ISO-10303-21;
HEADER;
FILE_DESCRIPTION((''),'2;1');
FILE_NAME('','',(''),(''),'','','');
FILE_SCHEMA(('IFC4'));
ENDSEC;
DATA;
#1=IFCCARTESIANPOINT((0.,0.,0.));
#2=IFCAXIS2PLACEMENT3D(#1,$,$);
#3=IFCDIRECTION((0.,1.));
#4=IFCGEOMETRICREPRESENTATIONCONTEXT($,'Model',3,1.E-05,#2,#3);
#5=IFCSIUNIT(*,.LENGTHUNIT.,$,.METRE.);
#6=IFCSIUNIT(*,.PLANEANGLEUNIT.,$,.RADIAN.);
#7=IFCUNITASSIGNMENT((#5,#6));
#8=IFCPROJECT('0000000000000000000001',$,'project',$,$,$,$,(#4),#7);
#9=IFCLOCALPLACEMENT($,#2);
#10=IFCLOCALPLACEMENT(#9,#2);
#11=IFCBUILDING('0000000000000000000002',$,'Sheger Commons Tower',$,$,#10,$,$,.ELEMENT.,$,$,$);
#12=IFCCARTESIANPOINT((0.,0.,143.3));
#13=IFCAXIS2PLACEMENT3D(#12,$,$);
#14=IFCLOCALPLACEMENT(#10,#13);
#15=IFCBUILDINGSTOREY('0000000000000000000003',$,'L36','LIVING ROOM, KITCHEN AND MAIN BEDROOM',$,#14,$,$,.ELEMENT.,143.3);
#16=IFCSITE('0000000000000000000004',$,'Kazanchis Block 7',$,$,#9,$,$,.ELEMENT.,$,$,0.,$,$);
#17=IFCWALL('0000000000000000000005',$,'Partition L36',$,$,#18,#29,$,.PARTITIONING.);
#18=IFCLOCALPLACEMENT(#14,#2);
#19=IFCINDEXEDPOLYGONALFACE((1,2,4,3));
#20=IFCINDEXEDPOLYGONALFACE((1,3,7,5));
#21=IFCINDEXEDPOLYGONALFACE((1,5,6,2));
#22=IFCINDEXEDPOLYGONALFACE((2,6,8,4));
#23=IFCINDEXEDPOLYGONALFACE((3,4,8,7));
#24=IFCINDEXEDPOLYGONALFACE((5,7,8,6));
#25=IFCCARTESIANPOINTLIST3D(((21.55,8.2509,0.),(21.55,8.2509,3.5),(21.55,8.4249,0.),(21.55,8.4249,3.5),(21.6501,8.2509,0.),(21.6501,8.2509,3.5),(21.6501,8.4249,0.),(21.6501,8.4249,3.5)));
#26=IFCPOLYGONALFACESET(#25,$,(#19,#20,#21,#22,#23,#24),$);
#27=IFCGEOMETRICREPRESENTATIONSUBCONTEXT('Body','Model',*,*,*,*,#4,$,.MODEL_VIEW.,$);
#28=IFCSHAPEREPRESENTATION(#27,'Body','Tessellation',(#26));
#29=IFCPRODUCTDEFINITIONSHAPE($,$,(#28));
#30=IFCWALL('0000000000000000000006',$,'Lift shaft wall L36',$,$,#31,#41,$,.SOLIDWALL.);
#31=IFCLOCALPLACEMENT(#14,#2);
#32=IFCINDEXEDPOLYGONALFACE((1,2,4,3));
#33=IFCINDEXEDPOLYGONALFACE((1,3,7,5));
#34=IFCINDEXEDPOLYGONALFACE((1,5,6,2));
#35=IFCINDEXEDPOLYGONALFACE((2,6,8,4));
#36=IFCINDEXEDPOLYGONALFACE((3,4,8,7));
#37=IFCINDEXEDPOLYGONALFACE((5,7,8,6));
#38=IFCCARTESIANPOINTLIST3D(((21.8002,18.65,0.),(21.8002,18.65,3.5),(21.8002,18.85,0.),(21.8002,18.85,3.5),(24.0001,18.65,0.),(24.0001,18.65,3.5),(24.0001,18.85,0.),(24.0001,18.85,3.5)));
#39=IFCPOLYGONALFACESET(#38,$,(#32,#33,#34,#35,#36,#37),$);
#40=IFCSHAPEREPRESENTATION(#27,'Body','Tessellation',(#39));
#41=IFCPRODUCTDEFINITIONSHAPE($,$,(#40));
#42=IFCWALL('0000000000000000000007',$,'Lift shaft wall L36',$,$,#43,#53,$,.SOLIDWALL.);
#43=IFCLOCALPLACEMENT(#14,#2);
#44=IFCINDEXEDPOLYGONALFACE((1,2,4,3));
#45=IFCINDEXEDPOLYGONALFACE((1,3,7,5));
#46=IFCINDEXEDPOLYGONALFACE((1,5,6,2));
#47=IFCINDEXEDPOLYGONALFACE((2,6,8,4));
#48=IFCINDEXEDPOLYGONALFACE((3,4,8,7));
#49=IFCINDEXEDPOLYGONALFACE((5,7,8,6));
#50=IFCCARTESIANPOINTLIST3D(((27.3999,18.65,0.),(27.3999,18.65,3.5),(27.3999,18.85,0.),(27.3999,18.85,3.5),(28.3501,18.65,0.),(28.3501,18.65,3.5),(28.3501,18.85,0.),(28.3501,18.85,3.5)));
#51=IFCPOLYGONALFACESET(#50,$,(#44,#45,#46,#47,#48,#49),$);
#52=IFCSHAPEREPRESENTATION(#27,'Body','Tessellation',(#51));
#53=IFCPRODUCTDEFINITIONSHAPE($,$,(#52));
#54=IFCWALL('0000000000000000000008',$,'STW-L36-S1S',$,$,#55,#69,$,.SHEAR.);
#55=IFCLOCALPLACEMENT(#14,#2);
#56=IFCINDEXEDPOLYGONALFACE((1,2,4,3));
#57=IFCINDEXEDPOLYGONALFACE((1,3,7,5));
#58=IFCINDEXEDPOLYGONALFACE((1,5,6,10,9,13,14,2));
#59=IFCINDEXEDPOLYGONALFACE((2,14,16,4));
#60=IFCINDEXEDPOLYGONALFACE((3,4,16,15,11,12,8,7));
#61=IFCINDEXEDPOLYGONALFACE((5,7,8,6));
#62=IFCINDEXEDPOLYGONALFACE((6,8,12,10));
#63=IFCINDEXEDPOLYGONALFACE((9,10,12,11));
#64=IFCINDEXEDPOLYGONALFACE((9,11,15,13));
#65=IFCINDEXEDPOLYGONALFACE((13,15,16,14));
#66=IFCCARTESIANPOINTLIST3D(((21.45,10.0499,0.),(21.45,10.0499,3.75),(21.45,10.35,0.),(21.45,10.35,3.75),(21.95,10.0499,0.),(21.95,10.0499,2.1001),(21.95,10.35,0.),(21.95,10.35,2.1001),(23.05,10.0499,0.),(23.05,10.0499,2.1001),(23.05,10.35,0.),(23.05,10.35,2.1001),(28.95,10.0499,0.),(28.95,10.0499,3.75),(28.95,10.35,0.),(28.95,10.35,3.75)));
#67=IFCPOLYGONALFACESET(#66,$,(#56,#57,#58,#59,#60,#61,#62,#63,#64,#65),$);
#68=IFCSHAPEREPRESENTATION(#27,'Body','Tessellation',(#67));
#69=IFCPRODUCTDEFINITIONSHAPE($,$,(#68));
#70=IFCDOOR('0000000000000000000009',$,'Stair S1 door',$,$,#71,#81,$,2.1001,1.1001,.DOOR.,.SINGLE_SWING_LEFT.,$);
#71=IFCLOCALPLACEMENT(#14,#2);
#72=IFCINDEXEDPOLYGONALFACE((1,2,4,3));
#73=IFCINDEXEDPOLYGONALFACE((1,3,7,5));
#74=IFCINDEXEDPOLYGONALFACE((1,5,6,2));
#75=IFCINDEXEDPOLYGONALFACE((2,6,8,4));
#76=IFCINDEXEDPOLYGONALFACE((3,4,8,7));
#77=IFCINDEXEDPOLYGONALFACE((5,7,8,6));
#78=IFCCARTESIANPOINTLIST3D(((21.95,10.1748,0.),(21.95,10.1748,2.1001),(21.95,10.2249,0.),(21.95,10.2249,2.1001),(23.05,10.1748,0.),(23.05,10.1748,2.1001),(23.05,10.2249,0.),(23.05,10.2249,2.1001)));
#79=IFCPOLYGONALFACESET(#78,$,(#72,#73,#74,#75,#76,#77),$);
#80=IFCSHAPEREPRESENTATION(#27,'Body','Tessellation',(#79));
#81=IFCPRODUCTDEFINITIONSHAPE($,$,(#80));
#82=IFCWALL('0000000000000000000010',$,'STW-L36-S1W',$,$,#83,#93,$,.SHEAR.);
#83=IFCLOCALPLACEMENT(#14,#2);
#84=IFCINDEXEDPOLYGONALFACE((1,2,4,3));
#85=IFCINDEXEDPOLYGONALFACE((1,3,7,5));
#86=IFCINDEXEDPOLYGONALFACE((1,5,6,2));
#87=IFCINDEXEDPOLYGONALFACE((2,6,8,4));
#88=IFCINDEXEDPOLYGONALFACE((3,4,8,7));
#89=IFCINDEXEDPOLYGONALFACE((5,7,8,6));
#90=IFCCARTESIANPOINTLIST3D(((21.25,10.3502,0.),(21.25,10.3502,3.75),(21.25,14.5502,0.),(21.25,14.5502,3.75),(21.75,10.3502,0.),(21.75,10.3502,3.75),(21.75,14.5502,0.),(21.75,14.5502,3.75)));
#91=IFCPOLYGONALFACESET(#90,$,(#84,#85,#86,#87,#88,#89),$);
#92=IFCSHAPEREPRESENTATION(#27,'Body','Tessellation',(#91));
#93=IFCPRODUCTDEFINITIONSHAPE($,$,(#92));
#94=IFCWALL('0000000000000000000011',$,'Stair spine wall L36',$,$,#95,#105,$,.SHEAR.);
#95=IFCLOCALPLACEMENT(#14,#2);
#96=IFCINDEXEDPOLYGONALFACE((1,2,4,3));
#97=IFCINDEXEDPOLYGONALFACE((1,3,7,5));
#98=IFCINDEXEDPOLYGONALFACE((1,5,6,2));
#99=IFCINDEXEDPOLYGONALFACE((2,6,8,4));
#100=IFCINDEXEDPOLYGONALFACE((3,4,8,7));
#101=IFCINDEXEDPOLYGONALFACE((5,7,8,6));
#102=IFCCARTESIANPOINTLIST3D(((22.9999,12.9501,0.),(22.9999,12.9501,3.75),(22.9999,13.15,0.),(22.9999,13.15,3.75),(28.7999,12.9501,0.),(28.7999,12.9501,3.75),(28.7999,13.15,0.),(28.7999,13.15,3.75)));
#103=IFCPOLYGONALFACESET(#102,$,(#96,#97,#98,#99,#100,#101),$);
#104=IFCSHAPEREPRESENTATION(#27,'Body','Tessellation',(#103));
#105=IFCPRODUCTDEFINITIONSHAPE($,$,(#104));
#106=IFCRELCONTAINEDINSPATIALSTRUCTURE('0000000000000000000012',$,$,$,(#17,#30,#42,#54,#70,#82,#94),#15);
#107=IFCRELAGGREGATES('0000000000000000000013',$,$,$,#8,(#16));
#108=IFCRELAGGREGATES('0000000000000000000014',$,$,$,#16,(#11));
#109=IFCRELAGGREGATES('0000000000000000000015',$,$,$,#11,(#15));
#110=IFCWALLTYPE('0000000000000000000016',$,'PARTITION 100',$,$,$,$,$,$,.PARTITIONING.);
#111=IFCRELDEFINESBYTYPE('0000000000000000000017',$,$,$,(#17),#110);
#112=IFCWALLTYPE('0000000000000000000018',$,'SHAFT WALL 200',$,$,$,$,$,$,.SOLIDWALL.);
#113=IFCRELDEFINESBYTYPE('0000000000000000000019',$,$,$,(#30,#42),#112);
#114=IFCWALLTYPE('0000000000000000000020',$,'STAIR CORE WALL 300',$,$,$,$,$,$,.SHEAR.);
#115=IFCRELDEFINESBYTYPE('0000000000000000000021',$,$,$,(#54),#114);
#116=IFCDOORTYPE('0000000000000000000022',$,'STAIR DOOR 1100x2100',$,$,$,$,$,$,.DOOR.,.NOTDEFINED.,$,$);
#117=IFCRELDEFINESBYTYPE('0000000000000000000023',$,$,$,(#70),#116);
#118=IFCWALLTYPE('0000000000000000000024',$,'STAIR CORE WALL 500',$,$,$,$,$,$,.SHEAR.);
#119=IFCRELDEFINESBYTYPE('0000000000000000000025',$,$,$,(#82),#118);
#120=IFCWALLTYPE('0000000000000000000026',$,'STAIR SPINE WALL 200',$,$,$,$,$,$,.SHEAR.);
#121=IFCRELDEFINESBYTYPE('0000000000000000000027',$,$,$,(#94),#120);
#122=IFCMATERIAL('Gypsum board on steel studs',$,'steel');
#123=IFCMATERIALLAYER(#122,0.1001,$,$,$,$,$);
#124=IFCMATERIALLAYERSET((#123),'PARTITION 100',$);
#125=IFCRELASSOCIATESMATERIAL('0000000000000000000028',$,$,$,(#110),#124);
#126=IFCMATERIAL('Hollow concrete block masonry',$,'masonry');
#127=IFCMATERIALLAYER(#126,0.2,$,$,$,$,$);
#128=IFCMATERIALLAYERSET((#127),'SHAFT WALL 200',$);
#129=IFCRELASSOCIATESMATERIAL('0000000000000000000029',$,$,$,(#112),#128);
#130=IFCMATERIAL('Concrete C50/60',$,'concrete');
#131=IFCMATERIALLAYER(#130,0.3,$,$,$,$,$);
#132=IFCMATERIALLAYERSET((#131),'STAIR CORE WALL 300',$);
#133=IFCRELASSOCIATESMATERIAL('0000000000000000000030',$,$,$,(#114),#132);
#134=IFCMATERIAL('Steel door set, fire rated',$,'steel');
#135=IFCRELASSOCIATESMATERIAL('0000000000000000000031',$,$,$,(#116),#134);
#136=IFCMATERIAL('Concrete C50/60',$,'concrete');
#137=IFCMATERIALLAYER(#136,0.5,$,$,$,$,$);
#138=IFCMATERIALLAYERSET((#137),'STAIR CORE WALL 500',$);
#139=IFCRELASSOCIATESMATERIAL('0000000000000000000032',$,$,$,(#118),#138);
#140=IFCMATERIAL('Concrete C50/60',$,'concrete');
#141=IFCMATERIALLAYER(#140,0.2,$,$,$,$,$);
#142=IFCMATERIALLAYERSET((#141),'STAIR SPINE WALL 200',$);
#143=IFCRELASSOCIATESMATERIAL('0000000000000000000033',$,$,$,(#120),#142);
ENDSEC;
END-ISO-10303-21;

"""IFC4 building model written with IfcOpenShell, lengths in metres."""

from ifc_helpers import new_model, si_unit, direction, frame, frame_2d, origin, place, context, subcontext, project, spatial, rectangle, extrude, material, layer, layer_set, type_object, element, fill, save


model = new_model("IFC4")

# Units and contexts
model_context = context("Model", 3, precision=1e-05, world=origin(), true_north=direction((0.0, 1.0)))
body_context = subcontext(model_context, "Body", "Model", "MODEL_VIEW")
ifc_project = project(units=[si_unit("LENGTHUNIT", "METRE"), si_unit("PLANEANGLEUNIT", "RADIAN")], contexts=[model_context])

# Site, building, storey
site_placement = place(None, origin())
site = spatial("IfcSite", under=ifc_project, at=site_placement, Name="Kazanchis Block 7", CompositionType="ELEMENT", RefElevation=0.0)
building_placement = place(site_placement, origin())
building = spatial("IfcBuilding", under=site, at=building_placement, Name="Sheger Commons Tower", CompositionType="ELEMENT")
storey_placement = place(building_placement, frame((0.0, 0.0, 143.3)))
storey = spatial("IfcBuildingStorey", under=building, at=storey_placement, Name="L36", Description="LIVING ROOM, KITCHEN AND MAIN BEDROOM", CompositionType="ELEMENT", Elevation=143.3)

# Walls
ifc_material_1 = material(Name="Gypsum board on steel studs", Category="steel")
ifc_layer_1 = layer(ifc_material_1, 0.1001)
ifc_layer_set_1 = layer_set([ifc_layer_1], Name="PARTITION 100")
wall_type_1 = type_object("IfcWallType", Name="PARTITION 100", PredefinedType="PARTITIONING", material=ifc_layer_set_1)
wall_1_placement = place(storey_placement, frame((21.6001, 8.251, 0.0), z_axis=(0.0, 0.0, 1.0), x_axis=(0.0, 1.0, 0.0)))
element("IfcWall", 1, at=wall_1_placement, inside=storey, type_object=wall_type_1, Name="Partition L36", PredefinedType="PARTITIONING", context=body_context, shape_type="SweptSolid", body=[
    extrude(rectangle(XDim=0.1741, YDim=0.1001, at=frame_2d((0.0869, 0.0))), origin(), (0.0, 0.0, 1.0), 3.5),
])
ifc_material_2 = material(Name="Hollow concrete block masonry", Category="masonry")
ifc_layer_2 = layer(ifc_material_2, 0.2)
ifc_layer_set_2 = layer_set([ifc_layer_2], Name="SHAFT WALL 200")
wall_type_2 = type_object("IfcWallType", Name="SHAFT WALL 200", PredefinedType="SOLIDWALL", material=ifc_layer_set_2)
wall_2_placement = place(storey_placement, frame((21.8, 18.75, 0.0), z_axis=(0.0, 0.0, 1.0), x_axis=(1.0, 0.0, 0.0)))
element("IfcWall", 2, at=wall_2_placement, inside=storey, type_object=wall_type_2, Name="Lift shaft wall L36", PredefinedType="SOLIDWALL", context=body_context, shape_type="SweptSolid", body=[
    extrude(rectangle(XDim=2.2, YDim=0.2, at=frame_2d((1.1001, 0.0))), origin(), (0.0, 0.0, 1.0), 3.5),
])
wall_3_placement = place(storey_placement, frame((27.3999, 18.75, 0.0), z_axis=(0.0, 0.0, 1.0), x_axis=(1.0, 0.0, 0.0)))
element("IfcWall", 3, at=wall_3_placement, inside=storey, type_object=wall_type_2, Name="Lift shaft wall L36", PredefinedType="SOLIDWALL", context=body_context, shape_type="SweptSolid", body=[
    extrude(rectangle(XDim=0.9502, YDim=0.2, at=frame_2d((0.4751, 0.0))), origin(), (0.0, 0.0, 1.0), 3.5),
])

# Wall, opening, door
ifc_material_3 = material(Name="Concrete C50/60", Category="concrete")
ifc_layer_3 = layer(ifc_material_3, 0.3)
ifc_layer_set_3 = layer_set([ifc_layer_3], Name="STAIR CORE WALL 300")
wall_type_3 = type_object("IfcWallType", Name="STAIR CORE WALL 300", PredefinedType="SHEAR", material=ifc_layer_set_3)
wall_4_placement = place(storey_placement, frame((21.45, 10.2, 0.0), z_axis=(0.0, 0.0, 1.0), x_axis=(1.0, 0.0, 0.0)))
wall_4 = element("IfcWall", 4, at=wall_4_placement, inside=storey, type_object=wall_type_3, Name="STW-L36-S1S", PredefinedType="SHEAR", context=body_context, shape_type="SweptSolid", body=[
    extrude(rectangle(XDim=7.5, YDim=0.3, at=frame_2d((3.75, 0.0))), origin(), (0.0, 0.0, 1.0), 3.75),
])
opening_1_placement = place(wall_4_placement, frame((0.5, 0.0, 0.0)))
opening_1 = element("IfcOpeningElement", 5, at=opening_1_placement, cuts=wall_4, PredefinedType="OPENING", context=body_context, shape_type="SweptSolid", body=[
    extrude(rectangle(XDim=1.1001, YDim=2.1001, at=frame_2d((0.55, 1.05))), frame((0.0, 0.1599, 0.0), z_axis=(0.0, -1.0, 0.0), x_axis=(1.0, 0.0, 0.0)), (0.0, 0.0, 1.0), 0.3201),
])
ifc_material_4 = material(Name="Steel door set, fire rated", Category="steel")
door_type_1 = type_object("IfcDoorType", Name="STAIR DOOR 1100x2100", OperationType="NOTDEFINED", PredefinedType="DOOR", material=ifc_material_4)
door_1_placement = place(opening_1_placement, origin())
door_1 = element("IfcDoor", 6, at=door_1_placement, inside=storey, type_object=door_type_1, Name="Stair S1 door", OperationType="SINGLE_SWING_LEFT", OverallHeight=2.1001, OverallWidth=1.1001, PredefinedType="DOOR", context=body_context, shape_type="SweptSolid", body=[
    extrude(rectangle(XDim=1.1001, YDim=2.1001, at=frame_2d((0.55, 1.05))), frame((0.0, 0.0249, 0.0), z_axis=(0.0, -1.0, 0.0), x_axis=(1.0, 0.0, 0.0)), (0.0, 0.0, 1.0), 0.05),
])
fill(opening_1, door_1)

# Walls
ifc_material_5 = material(Name="Concrete C50/60", Category="concrete")
ifc_layer_4 = layer(ifc_material_5, 0.5)
ifc_layer_set_4 = layer_set([ifc_layer_4], Name="STAIR CORE WALL 500")
wall_type_4 = type_object("IfcWallType", Name="STAIR CORE WALL 500", PredefinedType="SHEAR", material=ifc_layer_set_4)
wall_5_placement = place(storey_placement, frame((21.5, 10.3501, 0.0), z_axis=(0.0, 0.0, 1.0), x_axis=(0.0, 1.0, 0.0)))
element("IfcWall", 7, at=wall_5_placement, inside=storey, type_object=wall_type_4, Name="STW-L36-S1W", PredefinedType="SHEAR", context=body_context, shape_type="SweptSolid", body=[
    extrude(rectangle(XDim=4.2, YDim=0.5, at=frame_2d((2.1001, 0.0))), origin(), (0.0, 0.0, 1.0), 3.75),
])
ifc_material_6 = material(Name="Concrete C50/60", Category="concrete")
ifc_layer_5 = layer(ifc_material_6, 0.2)
ifc_layer_set_5 = layer_set([ifc_layer_5], Name="STAIR SPINE WALL 200")
wall_type_5 = type_object("IfcWallType", Name="STAIR SPINE WALL 200", PredefinedType="SHEAR", material=ifc_layer_set_5)
wall_6_placement = place(storey_placement, frame((23.0, 13.05, 0.0), z_axis=(0.0, 0.0, 1.0), x_axis=(1.0, 0.0, 0.0)))
element("IfcWall", 8, at=wall_6_placement, inside=storey, type_object=wall_type_5, Name="Stair spine wall L36", PredefinedType="SHEAR", context=body_context, shape_type="SweptSolid", body=[
    extrude(rectangle(XDim=5.8, YDim=0.2, at=frame_2d((2.8999, 0.0))), origin(), (0.0, 0.0, 1.0), 3.75),
])

save(model, "model.ifc")
